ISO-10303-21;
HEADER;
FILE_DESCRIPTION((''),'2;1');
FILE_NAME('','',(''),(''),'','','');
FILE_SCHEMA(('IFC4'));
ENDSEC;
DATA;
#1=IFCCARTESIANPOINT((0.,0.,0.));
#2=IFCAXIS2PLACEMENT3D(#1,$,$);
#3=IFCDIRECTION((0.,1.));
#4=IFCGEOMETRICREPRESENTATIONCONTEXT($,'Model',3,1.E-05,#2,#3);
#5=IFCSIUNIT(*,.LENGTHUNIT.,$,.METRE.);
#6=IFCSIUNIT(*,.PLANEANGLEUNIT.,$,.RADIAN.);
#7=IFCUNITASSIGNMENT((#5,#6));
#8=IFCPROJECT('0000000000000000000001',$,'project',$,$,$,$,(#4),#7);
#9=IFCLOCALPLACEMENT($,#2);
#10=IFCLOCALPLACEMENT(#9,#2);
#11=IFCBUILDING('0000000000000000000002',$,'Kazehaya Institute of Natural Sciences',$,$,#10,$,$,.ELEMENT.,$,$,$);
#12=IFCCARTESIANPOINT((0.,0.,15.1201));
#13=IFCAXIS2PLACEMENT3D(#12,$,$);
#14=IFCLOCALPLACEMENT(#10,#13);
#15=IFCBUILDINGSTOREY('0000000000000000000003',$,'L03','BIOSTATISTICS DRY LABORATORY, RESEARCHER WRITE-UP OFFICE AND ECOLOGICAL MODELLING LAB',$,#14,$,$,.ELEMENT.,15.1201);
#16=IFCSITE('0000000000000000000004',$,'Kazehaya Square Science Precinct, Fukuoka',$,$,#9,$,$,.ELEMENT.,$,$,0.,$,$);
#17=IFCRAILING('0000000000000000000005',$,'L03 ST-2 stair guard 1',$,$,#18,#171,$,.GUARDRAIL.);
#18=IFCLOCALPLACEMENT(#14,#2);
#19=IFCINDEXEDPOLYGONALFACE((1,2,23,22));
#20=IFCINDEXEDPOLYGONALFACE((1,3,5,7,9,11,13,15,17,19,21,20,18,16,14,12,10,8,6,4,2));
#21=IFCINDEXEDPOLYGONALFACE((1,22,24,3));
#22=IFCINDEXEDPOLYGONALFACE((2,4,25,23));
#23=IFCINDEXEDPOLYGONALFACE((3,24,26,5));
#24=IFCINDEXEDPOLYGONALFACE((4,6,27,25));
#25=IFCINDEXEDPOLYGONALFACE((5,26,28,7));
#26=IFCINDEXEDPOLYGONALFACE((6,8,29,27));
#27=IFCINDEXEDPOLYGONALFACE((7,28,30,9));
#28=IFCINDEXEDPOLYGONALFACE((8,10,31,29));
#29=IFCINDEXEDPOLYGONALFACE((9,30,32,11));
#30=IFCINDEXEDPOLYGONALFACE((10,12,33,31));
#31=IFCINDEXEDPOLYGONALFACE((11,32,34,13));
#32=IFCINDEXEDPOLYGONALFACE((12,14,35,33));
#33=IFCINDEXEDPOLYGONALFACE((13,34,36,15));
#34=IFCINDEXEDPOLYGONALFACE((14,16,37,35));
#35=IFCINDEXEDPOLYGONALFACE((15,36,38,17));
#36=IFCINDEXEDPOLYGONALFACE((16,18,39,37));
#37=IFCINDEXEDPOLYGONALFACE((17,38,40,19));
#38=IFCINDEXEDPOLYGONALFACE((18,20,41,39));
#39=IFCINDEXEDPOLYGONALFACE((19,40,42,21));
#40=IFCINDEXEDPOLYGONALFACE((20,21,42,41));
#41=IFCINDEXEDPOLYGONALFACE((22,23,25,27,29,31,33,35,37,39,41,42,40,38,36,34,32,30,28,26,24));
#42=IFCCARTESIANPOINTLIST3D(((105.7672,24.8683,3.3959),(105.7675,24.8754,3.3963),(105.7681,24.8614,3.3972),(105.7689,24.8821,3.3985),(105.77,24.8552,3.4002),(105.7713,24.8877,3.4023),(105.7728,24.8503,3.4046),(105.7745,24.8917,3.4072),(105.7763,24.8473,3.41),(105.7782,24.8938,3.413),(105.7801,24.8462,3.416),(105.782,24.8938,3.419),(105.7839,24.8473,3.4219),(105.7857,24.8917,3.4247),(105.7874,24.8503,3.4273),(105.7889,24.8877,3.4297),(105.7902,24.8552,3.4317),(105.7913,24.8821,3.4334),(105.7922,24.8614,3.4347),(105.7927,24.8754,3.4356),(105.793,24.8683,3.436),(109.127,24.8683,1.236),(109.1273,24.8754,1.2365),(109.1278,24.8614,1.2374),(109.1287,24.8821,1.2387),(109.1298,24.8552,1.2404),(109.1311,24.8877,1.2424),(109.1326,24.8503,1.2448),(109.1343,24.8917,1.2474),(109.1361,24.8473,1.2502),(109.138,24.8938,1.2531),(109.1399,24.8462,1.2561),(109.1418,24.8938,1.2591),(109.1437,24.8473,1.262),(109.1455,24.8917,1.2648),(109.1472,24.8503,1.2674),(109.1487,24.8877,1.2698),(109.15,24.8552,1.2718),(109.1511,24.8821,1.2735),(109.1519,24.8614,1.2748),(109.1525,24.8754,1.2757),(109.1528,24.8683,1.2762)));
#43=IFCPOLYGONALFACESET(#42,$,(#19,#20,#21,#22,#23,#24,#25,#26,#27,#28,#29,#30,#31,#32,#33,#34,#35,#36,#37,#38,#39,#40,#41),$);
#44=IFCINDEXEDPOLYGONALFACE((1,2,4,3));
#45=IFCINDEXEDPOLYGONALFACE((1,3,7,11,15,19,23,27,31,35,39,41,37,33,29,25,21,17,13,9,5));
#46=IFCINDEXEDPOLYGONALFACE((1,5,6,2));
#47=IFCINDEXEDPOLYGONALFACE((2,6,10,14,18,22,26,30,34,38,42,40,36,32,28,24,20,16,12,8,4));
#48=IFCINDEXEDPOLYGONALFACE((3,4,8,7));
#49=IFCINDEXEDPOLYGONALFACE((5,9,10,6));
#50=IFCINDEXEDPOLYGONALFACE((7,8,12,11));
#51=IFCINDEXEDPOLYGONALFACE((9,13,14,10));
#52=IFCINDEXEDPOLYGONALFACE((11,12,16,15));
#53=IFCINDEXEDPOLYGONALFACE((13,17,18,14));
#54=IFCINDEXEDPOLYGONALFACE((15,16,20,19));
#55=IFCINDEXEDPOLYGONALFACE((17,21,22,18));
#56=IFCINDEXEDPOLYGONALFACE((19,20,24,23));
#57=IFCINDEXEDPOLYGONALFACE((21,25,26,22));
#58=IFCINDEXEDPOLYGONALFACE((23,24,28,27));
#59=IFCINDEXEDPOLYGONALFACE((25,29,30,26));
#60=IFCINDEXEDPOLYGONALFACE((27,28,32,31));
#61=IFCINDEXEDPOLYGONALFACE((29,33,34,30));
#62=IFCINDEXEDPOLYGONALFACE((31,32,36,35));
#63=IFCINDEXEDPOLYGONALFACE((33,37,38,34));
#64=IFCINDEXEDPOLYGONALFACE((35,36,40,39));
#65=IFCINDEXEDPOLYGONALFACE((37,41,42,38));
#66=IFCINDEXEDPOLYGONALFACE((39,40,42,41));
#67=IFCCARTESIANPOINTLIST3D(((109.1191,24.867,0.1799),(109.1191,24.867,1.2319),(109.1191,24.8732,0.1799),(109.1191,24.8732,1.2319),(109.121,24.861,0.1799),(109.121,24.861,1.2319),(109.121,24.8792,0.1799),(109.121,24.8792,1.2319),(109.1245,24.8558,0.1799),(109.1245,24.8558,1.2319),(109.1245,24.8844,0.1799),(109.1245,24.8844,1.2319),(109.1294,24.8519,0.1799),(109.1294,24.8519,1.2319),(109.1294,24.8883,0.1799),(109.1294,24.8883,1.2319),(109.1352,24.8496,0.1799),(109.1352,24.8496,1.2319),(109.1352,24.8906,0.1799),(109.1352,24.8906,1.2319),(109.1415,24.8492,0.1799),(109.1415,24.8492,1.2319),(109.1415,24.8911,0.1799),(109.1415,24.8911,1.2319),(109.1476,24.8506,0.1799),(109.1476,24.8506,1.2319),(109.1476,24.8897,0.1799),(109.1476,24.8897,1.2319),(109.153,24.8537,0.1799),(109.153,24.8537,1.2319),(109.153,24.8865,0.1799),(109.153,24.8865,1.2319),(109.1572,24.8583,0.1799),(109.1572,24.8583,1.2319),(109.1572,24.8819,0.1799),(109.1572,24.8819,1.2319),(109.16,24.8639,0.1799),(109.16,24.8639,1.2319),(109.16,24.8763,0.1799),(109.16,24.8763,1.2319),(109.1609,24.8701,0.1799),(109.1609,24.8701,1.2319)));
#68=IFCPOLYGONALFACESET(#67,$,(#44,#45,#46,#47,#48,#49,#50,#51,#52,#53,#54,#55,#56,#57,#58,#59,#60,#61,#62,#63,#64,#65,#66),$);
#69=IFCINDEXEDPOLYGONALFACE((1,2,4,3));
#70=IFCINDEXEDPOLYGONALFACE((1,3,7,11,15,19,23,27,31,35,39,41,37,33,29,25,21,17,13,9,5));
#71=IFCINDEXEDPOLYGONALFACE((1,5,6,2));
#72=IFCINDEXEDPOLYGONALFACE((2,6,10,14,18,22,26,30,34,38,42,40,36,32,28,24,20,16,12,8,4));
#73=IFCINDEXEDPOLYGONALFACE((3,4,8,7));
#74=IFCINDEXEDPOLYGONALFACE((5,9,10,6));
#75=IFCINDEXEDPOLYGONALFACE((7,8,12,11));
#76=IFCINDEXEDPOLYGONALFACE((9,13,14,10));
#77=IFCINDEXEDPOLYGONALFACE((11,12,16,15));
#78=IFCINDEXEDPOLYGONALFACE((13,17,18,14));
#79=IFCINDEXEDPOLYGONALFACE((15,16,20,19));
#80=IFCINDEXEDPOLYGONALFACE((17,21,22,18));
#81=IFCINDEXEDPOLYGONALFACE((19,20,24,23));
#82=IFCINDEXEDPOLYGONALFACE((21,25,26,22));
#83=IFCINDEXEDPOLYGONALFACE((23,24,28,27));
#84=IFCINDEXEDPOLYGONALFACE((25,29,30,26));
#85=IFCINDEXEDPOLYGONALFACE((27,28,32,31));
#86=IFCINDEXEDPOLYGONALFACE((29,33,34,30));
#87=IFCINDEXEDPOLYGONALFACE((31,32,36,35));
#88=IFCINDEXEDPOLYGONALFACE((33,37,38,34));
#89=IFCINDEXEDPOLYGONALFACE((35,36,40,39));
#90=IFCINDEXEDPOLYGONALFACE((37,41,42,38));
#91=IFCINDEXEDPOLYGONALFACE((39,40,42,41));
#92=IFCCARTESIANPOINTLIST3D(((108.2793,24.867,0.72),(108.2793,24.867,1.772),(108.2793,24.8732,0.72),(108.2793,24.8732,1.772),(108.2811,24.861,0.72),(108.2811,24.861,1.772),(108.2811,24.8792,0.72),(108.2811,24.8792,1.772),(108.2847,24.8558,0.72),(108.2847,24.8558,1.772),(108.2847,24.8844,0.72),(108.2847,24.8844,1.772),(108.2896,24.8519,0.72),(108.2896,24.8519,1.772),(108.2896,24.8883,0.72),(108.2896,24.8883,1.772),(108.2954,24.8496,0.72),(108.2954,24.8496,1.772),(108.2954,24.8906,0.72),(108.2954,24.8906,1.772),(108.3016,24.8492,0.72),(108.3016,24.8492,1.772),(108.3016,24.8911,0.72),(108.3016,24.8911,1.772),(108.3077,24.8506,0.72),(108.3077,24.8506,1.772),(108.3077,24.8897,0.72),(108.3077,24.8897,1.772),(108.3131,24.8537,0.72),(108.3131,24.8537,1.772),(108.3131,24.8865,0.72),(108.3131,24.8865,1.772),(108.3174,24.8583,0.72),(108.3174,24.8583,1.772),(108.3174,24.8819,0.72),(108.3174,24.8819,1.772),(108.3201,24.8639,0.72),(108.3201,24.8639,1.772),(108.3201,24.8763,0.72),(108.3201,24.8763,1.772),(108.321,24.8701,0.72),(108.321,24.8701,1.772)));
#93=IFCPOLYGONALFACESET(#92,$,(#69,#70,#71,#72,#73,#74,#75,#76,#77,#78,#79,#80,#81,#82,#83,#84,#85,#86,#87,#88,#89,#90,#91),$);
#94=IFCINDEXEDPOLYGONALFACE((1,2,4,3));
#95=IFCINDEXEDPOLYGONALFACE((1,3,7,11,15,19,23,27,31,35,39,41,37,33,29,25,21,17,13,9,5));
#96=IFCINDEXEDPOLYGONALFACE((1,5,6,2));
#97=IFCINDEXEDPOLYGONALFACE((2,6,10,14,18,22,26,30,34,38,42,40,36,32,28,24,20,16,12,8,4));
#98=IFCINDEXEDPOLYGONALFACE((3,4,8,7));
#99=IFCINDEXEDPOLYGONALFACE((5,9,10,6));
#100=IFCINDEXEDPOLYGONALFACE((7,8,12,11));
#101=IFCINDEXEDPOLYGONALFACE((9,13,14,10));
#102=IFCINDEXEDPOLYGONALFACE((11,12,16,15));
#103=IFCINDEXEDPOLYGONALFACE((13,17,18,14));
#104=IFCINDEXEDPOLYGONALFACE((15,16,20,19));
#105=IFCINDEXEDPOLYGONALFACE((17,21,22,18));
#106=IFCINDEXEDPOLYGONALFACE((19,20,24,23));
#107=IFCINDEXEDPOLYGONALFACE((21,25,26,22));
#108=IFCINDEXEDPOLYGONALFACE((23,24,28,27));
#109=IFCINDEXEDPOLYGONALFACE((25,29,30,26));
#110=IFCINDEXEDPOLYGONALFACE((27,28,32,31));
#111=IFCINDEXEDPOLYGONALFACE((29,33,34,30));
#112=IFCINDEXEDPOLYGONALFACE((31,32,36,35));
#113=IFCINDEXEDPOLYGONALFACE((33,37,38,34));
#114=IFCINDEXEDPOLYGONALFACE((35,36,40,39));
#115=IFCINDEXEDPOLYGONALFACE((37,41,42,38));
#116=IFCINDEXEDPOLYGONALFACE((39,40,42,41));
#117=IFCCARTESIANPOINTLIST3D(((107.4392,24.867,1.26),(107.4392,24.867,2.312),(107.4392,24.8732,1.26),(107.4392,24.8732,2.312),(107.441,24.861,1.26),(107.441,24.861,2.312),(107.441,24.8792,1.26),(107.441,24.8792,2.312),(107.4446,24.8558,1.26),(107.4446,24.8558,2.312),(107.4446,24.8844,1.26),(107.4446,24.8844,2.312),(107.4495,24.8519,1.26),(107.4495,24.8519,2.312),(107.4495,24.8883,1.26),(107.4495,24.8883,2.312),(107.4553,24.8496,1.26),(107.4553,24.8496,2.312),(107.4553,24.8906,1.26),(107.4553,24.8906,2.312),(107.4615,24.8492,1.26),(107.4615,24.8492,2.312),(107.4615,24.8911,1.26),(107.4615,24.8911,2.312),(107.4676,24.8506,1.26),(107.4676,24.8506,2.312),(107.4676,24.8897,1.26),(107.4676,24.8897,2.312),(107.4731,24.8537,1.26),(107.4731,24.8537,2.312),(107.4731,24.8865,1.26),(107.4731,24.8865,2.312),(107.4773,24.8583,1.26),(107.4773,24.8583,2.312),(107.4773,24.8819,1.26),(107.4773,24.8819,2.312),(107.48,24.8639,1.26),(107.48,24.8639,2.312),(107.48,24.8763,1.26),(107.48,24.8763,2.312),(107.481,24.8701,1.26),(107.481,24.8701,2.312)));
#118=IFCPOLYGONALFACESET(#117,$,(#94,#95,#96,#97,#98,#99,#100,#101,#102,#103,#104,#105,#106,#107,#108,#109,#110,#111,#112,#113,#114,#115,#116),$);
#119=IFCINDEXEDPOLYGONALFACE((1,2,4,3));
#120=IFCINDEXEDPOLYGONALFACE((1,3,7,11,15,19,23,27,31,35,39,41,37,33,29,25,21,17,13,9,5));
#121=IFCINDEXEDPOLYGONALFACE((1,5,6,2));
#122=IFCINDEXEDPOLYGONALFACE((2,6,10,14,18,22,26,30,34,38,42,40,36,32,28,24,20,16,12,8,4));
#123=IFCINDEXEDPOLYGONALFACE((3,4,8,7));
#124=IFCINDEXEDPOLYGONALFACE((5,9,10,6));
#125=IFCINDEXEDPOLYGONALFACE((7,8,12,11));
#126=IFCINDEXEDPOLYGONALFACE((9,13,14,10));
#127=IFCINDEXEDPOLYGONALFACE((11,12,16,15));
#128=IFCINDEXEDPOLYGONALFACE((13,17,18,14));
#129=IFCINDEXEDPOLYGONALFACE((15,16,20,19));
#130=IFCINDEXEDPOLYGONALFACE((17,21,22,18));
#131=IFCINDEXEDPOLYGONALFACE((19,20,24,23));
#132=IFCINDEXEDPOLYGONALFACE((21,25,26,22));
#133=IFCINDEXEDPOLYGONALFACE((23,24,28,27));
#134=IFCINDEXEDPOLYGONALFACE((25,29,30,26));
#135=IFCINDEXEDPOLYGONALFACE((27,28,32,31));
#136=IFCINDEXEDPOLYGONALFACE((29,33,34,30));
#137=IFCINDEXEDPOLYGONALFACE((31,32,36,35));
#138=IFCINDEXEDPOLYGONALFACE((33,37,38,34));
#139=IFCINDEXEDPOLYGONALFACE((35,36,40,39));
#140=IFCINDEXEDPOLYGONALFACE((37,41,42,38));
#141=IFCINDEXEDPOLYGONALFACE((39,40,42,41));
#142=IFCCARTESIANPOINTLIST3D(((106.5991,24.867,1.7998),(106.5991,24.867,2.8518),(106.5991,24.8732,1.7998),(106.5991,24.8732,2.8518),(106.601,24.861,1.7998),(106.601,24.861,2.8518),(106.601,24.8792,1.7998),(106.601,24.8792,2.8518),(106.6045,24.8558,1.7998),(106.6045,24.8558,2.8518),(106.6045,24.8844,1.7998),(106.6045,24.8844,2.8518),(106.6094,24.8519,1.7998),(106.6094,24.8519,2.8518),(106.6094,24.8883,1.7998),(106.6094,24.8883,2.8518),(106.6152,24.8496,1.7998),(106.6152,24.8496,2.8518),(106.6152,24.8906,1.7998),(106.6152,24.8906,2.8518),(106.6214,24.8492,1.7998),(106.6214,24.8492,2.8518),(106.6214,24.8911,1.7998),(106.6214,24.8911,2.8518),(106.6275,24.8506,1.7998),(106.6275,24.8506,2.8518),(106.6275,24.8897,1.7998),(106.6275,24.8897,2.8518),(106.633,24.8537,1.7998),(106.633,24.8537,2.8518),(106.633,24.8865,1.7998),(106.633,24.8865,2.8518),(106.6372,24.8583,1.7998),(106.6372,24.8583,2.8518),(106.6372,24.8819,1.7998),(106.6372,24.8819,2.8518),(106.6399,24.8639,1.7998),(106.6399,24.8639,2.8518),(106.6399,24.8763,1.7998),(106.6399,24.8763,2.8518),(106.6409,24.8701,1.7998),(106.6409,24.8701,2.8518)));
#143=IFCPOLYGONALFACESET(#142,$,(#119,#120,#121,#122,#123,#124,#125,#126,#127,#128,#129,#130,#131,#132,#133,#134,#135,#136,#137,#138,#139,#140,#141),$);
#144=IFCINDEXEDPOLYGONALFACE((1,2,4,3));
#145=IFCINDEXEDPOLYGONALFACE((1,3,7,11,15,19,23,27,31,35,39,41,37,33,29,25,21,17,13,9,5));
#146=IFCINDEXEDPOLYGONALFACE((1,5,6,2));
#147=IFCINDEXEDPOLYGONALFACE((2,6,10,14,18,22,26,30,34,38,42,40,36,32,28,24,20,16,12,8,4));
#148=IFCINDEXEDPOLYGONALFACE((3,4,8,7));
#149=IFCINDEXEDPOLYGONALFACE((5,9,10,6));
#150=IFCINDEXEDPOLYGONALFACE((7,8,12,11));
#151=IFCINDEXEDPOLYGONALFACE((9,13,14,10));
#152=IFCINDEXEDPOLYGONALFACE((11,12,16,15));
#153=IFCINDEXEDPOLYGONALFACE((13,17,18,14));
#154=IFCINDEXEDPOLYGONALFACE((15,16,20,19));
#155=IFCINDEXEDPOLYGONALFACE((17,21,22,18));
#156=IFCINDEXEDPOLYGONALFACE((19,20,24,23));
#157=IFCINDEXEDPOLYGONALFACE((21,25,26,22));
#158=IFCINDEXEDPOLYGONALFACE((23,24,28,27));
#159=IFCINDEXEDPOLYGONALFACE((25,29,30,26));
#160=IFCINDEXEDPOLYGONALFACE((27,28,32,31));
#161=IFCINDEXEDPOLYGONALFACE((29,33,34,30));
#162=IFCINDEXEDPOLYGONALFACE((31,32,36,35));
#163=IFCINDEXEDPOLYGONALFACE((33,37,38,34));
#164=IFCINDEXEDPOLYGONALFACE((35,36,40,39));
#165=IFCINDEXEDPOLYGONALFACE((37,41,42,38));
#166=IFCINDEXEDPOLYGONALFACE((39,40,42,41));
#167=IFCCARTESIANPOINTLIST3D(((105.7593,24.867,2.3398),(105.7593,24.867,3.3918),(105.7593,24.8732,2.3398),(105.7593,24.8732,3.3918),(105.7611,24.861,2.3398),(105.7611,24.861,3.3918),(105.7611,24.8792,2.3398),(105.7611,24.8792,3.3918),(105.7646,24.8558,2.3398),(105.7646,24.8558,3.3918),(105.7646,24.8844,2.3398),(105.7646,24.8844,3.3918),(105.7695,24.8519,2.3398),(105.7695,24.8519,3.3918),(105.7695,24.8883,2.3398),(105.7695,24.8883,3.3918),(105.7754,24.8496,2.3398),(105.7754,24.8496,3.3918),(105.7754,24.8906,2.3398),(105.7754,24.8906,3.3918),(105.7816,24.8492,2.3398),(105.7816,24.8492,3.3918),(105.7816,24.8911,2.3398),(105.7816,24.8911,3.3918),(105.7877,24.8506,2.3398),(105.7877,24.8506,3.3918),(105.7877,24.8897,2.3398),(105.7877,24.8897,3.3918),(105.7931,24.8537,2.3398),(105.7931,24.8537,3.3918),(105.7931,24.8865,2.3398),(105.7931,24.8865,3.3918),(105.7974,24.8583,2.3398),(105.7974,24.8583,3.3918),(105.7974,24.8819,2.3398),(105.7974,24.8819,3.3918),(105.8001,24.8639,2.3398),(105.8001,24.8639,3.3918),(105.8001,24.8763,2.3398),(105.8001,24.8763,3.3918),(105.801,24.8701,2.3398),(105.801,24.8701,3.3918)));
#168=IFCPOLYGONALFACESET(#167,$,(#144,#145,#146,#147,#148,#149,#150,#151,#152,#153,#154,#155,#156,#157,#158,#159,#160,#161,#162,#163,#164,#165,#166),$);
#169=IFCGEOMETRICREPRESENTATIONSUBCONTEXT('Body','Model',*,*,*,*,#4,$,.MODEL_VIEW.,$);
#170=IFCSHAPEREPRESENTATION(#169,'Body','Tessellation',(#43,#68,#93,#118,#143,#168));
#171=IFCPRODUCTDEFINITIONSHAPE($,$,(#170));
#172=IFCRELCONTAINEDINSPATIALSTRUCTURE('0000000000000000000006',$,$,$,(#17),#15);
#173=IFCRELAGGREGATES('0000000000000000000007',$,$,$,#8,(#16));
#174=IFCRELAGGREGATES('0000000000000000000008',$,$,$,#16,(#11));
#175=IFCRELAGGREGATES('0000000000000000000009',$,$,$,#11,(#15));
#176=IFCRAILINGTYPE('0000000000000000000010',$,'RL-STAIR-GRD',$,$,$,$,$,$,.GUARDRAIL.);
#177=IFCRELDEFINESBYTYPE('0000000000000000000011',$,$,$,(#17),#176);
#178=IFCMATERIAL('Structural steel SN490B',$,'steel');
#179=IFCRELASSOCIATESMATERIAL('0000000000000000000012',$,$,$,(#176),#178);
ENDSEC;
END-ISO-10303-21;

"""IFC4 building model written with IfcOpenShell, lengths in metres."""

from ifc_helpers import new_model, si_unit, direction, frame, origin, origin_2d, place, context, subcontext, project, spatial, circle, extrude, material, type_object, element, save


model = new_model("IFC4")

# Units and contexts
model_context = context("Model", 3, precision=1e-05, world=origin(), true_north=direction((0.0, 1.0)))
body_context = subcontext(model_context, "Body", "Model", "MODEL_VIEW")
ifc_project = project(units=[si_unit("LENGTHUNIT", "METRE"), si_unit("PLANEANGLEUNIT", "RADIAN")], contexts=[model_context])

# Site, building, storey
site_placement = place(None, origin())
site = spatial("IfcSite", under=ifc_project, at=site_placement, Name="Kazehaya Square Science Precinct, Fukuoka", CompositionType="ELEMENT", RefElevation=0.0)
building_placement = place(site_placement, origin())
building = spatial("IfcBuilding", under=site, at=building_placement, Name="Kazehaya Institute of Natural Sciences", CompositionType="ELEMENT")
storey_placement = place(building_placement, frame((0.0, 0.0, 15.1201)))
storey = spatial("IfcBuildingStorey", under=building, at=storey_placement, Name="L03", Description="BIOSTATISTICS DRY LABORATORY, RESEARCHER WRITE-UP OFFICE AND ECOLOGICAL MODELLING LAB", CompositionType="ELEMENT", Elevation=15.1201)

# Railing
ifc_material_1 = material(Name="Structural steel SN490B", Category="steel")
railing_type_1 = type_object("IfcRailingType", Name="RL-STAIR-GRD", PredefinedType="GUARDRAIL", material=ifc_material_1)
railing_1_placement = place(storey_placement, frame((109.1399, 24.8701, 0.1799)))
element("IfcRailing", 1, at=railing_1_placement, inside=storey, type_object=railing_type_1, Name="L03 ST-2 stair guard 1", PredefinedType="GUARDRAIL", context=body_context, shape_type="SweptSolid", body=[
    extrude(circle(Radius=0.0239, at=origin_2d()), frame((0.0, 0.0, 1.0762), z_axis=(-0.841178, 0.0, 0.540758), x_axis=(0.0, -1.0, 0.0)), (0.0, 0.0, 1.0), 3.9941),
    extrude(circle(Radius=0.021, at=origin_2d()), origin(), (0.0, 0.0, 1.0), 1.052),
    extrude(circle(Radius=0.021, at=origin_2d()), frame((-0.8398, 0.0, 0.54)), (0.0, 0.0, 1.0), 1.052),
    extrude(circle(Radius=0.021, at=origin_2d()), frame((-1.6799, 0.0, 1.0801)), (0.0, 0.0, 1.0), 1.052),
    extrude(circle(Radius=0.021, at=origin_2d()), frame((-2.52, 0.0, 1.6199)), (0.0, 0.0, 1.0), 1.052),
    extrude(circle(Radius=0.021, at=origin_2d()), frame((-3.3599, 0.0, 2.1599)), (0.0, 0.0, 1.0), 1.052),
])

save(model, "model.ifc")
